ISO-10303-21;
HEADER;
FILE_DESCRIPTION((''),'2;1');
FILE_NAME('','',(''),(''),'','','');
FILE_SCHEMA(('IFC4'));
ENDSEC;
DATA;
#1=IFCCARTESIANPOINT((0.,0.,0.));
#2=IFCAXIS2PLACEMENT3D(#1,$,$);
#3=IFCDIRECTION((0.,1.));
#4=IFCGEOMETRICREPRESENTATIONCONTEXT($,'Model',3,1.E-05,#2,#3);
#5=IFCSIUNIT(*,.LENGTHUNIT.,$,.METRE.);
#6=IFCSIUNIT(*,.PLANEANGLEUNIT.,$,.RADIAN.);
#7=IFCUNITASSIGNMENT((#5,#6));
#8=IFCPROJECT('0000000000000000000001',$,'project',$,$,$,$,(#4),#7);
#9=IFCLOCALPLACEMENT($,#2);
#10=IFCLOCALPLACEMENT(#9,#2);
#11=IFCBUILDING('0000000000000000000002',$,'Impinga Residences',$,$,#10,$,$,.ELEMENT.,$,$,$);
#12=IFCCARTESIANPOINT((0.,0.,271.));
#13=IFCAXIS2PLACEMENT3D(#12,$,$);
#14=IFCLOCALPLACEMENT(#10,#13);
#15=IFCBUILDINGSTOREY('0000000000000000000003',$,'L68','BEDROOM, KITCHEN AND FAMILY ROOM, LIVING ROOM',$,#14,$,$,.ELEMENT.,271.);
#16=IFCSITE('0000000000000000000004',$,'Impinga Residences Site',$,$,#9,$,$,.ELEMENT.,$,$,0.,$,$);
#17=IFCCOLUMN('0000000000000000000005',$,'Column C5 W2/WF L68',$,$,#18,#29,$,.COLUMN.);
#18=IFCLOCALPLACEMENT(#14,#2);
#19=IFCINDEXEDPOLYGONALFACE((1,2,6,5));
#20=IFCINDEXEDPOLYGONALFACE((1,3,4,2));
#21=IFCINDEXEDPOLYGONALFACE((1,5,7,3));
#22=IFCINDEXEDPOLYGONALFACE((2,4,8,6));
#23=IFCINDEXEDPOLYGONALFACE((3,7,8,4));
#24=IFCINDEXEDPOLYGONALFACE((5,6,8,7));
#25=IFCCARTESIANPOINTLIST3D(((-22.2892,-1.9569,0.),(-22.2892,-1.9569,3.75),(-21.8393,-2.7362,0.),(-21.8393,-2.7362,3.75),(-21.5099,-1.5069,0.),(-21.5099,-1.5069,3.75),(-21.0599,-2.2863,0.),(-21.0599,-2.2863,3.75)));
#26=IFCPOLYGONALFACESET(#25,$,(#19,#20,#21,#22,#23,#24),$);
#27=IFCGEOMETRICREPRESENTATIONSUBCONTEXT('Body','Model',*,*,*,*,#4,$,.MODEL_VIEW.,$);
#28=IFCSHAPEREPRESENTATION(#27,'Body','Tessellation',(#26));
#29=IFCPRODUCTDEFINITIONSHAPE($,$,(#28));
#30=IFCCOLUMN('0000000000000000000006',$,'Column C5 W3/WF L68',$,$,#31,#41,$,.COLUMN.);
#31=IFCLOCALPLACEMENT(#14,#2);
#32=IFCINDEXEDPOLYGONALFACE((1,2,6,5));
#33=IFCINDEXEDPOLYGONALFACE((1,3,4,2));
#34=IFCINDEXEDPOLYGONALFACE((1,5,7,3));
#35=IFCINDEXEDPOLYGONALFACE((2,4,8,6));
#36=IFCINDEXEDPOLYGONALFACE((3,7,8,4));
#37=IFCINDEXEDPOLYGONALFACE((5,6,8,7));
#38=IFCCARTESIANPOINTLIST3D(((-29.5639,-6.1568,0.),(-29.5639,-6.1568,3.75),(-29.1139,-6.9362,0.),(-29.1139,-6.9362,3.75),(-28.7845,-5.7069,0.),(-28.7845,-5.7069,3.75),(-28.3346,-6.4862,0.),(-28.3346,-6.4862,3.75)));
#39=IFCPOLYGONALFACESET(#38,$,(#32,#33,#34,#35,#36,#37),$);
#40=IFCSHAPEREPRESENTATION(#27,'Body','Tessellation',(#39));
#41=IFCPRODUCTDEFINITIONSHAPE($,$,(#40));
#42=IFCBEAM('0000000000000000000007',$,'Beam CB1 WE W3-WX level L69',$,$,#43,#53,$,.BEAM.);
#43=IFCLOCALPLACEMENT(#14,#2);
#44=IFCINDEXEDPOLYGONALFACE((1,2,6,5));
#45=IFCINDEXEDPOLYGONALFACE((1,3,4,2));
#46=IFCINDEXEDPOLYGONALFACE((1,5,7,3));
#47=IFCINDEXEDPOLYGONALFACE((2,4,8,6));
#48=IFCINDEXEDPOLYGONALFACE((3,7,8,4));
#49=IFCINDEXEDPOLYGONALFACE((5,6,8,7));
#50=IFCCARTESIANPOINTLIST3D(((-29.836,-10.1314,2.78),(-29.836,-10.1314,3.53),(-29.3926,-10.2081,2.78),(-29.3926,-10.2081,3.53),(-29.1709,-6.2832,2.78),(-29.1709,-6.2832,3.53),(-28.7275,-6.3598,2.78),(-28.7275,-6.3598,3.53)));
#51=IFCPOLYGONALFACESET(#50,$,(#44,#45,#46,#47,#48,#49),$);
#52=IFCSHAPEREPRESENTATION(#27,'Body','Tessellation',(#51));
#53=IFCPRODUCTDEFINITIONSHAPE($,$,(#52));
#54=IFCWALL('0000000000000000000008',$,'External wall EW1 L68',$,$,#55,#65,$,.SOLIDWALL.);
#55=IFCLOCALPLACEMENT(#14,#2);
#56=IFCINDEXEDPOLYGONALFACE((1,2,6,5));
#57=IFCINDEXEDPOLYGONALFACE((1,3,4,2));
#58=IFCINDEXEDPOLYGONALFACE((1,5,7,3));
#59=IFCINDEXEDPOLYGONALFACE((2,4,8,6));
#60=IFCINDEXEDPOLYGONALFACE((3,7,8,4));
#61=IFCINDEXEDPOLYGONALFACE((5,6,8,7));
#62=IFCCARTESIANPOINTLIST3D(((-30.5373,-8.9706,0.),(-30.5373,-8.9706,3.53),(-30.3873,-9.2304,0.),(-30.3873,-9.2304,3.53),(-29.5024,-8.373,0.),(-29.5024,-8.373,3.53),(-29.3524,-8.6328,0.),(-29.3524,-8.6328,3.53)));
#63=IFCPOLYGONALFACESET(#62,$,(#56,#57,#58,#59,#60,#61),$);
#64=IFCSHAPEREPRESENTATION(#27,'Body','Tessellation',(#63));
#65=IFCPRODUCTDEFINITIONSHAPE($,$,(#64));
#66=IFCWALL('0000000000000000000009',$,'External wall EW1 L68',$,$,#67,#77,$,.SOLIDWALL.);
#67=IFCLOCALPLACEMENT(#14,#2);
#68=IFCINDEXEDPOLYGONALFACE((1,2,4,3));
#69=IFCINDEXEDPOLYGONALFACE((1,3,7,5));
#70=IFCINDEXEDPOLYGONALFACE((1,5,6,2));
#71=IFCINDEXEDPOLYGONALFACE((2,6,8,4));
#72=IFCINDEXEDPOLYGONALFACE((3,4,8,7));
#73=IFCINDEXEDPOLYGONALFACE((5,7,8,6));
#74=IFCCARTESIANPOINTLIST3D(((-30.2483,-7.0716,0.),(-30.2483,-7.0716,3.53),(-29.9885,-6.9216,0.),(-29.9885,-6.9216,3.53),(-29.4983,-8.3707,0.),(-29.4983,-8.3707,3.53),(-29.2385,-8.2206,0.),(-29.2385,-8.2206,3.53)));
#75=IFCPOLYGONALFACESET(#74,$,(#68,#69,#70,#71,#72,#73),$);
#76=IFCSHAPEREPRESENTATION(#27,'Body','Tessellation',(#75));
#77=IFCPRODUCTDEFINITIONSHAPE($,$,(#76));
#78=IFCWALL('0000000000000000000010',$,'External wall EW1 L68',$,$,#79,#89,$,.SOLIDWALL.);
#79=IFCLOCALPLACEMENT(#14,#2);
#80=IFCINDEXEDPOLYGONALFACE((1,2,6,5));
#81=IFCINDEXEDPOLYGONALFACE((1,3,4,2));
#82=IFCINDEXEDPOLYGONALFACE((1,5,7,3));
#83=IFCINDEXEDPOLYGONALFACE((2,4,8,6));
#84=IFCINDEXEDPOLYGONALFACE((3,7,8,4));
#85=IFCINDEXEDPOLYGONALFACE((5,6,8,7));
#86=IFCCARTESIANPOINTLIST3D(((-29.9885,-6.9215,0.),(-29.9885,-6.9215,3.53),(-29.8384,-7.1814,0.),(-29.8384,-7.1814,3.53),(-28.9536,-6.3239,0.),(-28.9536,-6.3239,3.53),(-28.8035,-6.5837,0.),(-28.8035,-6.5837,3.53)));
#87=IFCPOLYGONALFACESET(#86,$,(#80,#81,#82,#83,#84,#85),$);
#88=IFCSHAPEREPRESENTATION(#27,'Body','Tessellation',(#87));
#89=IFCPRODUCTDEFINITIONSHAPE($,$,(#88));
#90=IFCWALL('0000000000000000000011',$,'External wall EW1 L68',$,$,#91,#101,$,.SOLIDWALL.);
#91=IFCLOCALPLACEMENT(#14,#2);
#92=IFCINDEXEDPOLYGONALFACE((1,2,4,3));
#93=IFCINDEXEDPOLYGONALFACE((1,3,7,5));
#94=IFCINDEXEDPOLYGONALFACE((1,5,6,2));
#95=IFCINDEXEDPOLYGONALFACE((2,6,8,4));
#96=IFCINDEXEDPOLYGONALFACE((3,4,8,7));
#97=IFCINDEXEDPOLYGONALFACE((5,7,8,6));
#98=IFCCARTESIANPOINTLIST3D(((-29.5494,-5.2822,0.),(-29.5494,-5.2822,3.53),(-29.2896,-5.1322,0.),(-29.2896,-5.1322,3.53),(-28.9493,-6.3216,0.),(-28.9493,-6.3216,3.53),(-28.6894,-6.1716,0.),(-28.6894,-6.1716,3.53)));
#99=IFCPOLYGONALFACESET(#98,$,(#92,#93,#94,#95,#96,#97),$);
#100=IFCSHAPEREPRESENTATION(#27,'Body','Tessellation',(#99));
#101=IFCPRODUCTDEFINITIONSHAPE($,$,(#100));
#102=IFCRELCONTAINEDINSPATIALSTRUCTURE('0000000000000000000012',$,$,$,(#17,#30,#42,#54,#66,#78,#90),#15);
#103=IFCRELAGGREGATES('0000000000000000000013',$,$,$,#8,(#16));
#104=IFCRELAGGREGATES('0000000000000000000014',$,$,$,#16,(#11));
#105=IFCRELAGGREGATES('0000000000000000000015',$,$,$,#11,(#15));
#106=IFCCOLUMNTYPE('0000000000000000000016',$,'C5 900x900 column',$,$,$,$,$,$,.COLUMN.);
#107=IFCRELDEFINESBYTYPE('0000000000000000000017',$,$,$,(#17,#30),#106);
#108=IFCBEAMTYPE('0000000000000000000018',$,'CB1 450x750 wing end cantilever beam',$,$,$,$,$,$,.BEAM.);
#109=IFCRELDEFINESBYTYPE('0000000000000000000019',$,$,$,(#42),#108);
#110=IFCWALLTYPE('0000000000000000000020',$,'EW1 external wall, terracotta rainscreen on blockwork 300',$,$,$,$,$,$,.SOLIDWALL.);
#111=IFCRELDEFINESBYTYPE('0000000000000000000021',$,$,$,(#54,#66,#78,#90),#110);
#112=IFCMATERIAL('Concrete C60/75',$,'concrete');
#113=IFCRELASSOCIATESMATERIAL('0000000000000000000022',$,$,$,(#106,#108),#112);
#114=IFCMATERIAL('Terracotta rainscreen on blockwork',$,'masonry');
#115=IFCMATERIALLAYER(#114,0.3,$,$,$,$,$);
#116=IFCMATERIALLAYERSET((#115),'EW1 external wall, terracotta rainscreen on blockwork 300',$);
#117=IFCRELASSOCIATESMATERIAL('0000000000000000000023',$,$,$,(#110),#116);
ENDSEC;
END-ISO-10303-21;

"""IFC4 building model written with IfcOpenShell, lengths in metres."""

from ifc_helpers import new_model, si_unit, direction, frame, frame_2d, origin, origin_2d, place, context, subcontext, project, spatial, rectangle, extrude, material, layer, layer_set, material_profile, profile_set, type_object, element, save


model = new_model("IFC4")

# Units and contexts
model_context = context("Model", 3, precision=1e-05, world=origin(), true_north=direction((0.0, 1.0)))
body_context = subcontext(model_context, "Body", "Model", "MODEL_VIEW")
ifc_project = project(units=[si_unit("LENGTHUNIT", "METRE"), si_unit("PLANEANGLEUNIT", "RADIAN")], contexts=[model_context])

# Site, building, storey
site_placement = place(None, origin())
site = spatial("IfcSite", under=ifc_project, at=site_placement, Name="Impinga Residences Site", CompositionType="ELEMENT", RefElevation=0.0)
building_placement = place(site_placement, origin())
building = spatial("IfcBuilding", under=site, at=building_placement, Name="Impinga Residences", CompositionType="ELEMENT")
storey_placement = place(building_placement, frame((0.0, 0.0, 271.0)))
storey = spatial("IfcBuildingStorey", under=building, at=storey_placement, Name="L68", Description="BEDROOM, KITCHEN AND FAMILY ROOM, LIVING ROOM", CompositionType="ELEMENT", Elevation=271.0)

# Columns
ifc_material_1 = material(Name="Concrete C60/75", Category="concrete")
ifc_material_profile_1 = material_profile(ifc_material_1, rectangle(XDim=0.8999, YDim=0.8999, at=origin_2d()), Name="RC 900x900")
ifc_profile_set_1 = profile_set([ifc_material_profile_1], Name="Concrete C60/75")
column_type = type_object("IfcColumnType", Name="C5 900x900 column", PredefinedType="COLUMN", material=ifc_profile_set_1)
for number, where, z_axis, x_axis, name in (
    (1, (-21.6746, -2.1216, 0.0), (0.0, 0.0, 1.0), (-0.5, 0.866025, 0.0), "Column C5 W2/WF L68"),
    (2, (-28.9492, -6.3215, 0.0), (0.0, 0.0, 1.0), (-0.5, 0.866025, 0.0), "Column C5 W3/WF L68"),
):
    element("IfcColumn", number, at=place(storey_placement, frame(where, z_axis=z_axis, x_axis=x_axis)), inside=storey, type_object=column_type, Name=name, PredefinedType="COLUMN", context=body_context, shape_type="SweptSolid", body=[
        extrude(rectangle(XDim=0.8999, YDim=0.8999, at=origin_2d()), origin(), (0.0, 0.0, 1.0), 3.75),
    ])

# Beam
ifc_material_profile_2 = material_profile(ifc_material_1, rectangle(XDim=0.45, YDim=0.75, at=origin_2d()), Name="RC 450x750")
ifc_profile_set_2 = profile_set([ifc_material_profile_2], Name="Concrete C60/75")
beam_type = type_object("IfcBeamType", Name="CB1 450x750 wing end cantilever beam", PredefinedType="BEAM", material=ifc_profile_set_2)
beam_placement = place(storey_placement, frame((-28.9492, -6.3215, 3.155), z_axis=(-0.170296, -0.985393, 0.0), x_axis=(0.985393, -0.170296, 0.0)))
element("IfcBeam", 3, at=beam_placement, inside=storey, type_object=beam_type, Name="Beam CB1 WE W3-WX level L69", PredefinedType="BEAM", context=body_context, shape_type="SweptSolid", body=[
    extrude(rectangle(XDim=0.45, YDim=0.75, at=origin_2d()), origin(), (0.0, 0.0, 1.0), 3.9053),
])

# Walls
ifc_material_2 = material(Name="Terracotta rainscreen on blockwork", Category="masonry")
ifc_layer_1 = layer(ifc_material_2, 0.3)
ifc_layer_set_1 = layer_set([ifc_layer_1], Name="EW1 external wall, terracotta rainscreen on blockwork 300")
wall_type_1 = type_object("IfcWallType", Name="EW1 external wall, terracotta rainscreen on blockwork 300", PredefinedType="SOLIDWALL", material=ifc_layer_set_1)
wall_1_placement = place(storey_placement, frame((-30.4624, -9.1006, 0.0), z_axis=(0.0, 0.0, 1.0), x_axis=(0.865971, 0.500094, 0.0)))
element("IfcWall", 4, at=wall_1_placement, inside=storey, type_object=wall_type_1, Name="External wall EW1 L68", PredefinedType="SOLIDWALL", context=body_context, shape_type="SweptSolid", body=[
    extrude(rectangle(XDim=1.1951, YDim=0.3, at=frame_2d((0.5977, 0.0))), origin(), (0.0, 0.0, 1.0), 3.53),
])
wall_2_placement = place(storey_placement, frame((-29.3684, -8.2957, 0.0), z_axis=(0.0, 0.0, 1.0), x_axis=(-0.49999, 0.866031, 0.0)))
element("IfcWall", 5, at=wall_2_placement, inside=storey, type_object=wall_type_1, Name="External wall EW1 L68", PredefinedType="SOLIDWALL", context=body_context, shape_type="SweptSolid", body=[
    extrude(rectangle(XDim=1.5, YDim=0.3, at=frame_2d((0.75, 0.0))), origin(), (0.0, 0.0, 1.0), 3.53),
])
wall_3_placement = place(storey_placement, frame((-29.9136, -7.0515, 0.0), z_axis=(0.0, 0.0, 1.0), x_axis=(0.865971, 0.500094, 0.0)))
element("IfcWall", 6, at=wall_3_placement, inside=storey, type_object=wall_type_1, Name="External wall EW1 L68", PredefinedType="SOLIDWALL", context=body_context, shape_type="SweptSolid", body=[
    extrude(rectangle(XDim=1.1951, YDim=0.3, at=frame_2d((0.5977, 0.0))), origin(), (0.0, 0.0, 1.0), 3.53),
])
wall_4_placement = place(storey_placement, frame((-28.8193, -6.2466, 0.0), z_axis=(0.0, 0.0, 1.0), x_axis=(-0.500034, 0.866006, 0.0)))
element("IfcWall", 7, at=wall_4_placement, inside=storey, type_object=wall_type_1, Name="External wall EW1 L68", PredefinedType="SOLIDWALL", context=body_context, shape_type="SweptSolid", body=[
    extrude(rectangle(XDim=1.2002, YDim=0.3, at=frame_2d((0.6001, 0.0))), origin(), (0.0, 0.0, 1.0), 3.53),
])

save(model, "model.ifc")
